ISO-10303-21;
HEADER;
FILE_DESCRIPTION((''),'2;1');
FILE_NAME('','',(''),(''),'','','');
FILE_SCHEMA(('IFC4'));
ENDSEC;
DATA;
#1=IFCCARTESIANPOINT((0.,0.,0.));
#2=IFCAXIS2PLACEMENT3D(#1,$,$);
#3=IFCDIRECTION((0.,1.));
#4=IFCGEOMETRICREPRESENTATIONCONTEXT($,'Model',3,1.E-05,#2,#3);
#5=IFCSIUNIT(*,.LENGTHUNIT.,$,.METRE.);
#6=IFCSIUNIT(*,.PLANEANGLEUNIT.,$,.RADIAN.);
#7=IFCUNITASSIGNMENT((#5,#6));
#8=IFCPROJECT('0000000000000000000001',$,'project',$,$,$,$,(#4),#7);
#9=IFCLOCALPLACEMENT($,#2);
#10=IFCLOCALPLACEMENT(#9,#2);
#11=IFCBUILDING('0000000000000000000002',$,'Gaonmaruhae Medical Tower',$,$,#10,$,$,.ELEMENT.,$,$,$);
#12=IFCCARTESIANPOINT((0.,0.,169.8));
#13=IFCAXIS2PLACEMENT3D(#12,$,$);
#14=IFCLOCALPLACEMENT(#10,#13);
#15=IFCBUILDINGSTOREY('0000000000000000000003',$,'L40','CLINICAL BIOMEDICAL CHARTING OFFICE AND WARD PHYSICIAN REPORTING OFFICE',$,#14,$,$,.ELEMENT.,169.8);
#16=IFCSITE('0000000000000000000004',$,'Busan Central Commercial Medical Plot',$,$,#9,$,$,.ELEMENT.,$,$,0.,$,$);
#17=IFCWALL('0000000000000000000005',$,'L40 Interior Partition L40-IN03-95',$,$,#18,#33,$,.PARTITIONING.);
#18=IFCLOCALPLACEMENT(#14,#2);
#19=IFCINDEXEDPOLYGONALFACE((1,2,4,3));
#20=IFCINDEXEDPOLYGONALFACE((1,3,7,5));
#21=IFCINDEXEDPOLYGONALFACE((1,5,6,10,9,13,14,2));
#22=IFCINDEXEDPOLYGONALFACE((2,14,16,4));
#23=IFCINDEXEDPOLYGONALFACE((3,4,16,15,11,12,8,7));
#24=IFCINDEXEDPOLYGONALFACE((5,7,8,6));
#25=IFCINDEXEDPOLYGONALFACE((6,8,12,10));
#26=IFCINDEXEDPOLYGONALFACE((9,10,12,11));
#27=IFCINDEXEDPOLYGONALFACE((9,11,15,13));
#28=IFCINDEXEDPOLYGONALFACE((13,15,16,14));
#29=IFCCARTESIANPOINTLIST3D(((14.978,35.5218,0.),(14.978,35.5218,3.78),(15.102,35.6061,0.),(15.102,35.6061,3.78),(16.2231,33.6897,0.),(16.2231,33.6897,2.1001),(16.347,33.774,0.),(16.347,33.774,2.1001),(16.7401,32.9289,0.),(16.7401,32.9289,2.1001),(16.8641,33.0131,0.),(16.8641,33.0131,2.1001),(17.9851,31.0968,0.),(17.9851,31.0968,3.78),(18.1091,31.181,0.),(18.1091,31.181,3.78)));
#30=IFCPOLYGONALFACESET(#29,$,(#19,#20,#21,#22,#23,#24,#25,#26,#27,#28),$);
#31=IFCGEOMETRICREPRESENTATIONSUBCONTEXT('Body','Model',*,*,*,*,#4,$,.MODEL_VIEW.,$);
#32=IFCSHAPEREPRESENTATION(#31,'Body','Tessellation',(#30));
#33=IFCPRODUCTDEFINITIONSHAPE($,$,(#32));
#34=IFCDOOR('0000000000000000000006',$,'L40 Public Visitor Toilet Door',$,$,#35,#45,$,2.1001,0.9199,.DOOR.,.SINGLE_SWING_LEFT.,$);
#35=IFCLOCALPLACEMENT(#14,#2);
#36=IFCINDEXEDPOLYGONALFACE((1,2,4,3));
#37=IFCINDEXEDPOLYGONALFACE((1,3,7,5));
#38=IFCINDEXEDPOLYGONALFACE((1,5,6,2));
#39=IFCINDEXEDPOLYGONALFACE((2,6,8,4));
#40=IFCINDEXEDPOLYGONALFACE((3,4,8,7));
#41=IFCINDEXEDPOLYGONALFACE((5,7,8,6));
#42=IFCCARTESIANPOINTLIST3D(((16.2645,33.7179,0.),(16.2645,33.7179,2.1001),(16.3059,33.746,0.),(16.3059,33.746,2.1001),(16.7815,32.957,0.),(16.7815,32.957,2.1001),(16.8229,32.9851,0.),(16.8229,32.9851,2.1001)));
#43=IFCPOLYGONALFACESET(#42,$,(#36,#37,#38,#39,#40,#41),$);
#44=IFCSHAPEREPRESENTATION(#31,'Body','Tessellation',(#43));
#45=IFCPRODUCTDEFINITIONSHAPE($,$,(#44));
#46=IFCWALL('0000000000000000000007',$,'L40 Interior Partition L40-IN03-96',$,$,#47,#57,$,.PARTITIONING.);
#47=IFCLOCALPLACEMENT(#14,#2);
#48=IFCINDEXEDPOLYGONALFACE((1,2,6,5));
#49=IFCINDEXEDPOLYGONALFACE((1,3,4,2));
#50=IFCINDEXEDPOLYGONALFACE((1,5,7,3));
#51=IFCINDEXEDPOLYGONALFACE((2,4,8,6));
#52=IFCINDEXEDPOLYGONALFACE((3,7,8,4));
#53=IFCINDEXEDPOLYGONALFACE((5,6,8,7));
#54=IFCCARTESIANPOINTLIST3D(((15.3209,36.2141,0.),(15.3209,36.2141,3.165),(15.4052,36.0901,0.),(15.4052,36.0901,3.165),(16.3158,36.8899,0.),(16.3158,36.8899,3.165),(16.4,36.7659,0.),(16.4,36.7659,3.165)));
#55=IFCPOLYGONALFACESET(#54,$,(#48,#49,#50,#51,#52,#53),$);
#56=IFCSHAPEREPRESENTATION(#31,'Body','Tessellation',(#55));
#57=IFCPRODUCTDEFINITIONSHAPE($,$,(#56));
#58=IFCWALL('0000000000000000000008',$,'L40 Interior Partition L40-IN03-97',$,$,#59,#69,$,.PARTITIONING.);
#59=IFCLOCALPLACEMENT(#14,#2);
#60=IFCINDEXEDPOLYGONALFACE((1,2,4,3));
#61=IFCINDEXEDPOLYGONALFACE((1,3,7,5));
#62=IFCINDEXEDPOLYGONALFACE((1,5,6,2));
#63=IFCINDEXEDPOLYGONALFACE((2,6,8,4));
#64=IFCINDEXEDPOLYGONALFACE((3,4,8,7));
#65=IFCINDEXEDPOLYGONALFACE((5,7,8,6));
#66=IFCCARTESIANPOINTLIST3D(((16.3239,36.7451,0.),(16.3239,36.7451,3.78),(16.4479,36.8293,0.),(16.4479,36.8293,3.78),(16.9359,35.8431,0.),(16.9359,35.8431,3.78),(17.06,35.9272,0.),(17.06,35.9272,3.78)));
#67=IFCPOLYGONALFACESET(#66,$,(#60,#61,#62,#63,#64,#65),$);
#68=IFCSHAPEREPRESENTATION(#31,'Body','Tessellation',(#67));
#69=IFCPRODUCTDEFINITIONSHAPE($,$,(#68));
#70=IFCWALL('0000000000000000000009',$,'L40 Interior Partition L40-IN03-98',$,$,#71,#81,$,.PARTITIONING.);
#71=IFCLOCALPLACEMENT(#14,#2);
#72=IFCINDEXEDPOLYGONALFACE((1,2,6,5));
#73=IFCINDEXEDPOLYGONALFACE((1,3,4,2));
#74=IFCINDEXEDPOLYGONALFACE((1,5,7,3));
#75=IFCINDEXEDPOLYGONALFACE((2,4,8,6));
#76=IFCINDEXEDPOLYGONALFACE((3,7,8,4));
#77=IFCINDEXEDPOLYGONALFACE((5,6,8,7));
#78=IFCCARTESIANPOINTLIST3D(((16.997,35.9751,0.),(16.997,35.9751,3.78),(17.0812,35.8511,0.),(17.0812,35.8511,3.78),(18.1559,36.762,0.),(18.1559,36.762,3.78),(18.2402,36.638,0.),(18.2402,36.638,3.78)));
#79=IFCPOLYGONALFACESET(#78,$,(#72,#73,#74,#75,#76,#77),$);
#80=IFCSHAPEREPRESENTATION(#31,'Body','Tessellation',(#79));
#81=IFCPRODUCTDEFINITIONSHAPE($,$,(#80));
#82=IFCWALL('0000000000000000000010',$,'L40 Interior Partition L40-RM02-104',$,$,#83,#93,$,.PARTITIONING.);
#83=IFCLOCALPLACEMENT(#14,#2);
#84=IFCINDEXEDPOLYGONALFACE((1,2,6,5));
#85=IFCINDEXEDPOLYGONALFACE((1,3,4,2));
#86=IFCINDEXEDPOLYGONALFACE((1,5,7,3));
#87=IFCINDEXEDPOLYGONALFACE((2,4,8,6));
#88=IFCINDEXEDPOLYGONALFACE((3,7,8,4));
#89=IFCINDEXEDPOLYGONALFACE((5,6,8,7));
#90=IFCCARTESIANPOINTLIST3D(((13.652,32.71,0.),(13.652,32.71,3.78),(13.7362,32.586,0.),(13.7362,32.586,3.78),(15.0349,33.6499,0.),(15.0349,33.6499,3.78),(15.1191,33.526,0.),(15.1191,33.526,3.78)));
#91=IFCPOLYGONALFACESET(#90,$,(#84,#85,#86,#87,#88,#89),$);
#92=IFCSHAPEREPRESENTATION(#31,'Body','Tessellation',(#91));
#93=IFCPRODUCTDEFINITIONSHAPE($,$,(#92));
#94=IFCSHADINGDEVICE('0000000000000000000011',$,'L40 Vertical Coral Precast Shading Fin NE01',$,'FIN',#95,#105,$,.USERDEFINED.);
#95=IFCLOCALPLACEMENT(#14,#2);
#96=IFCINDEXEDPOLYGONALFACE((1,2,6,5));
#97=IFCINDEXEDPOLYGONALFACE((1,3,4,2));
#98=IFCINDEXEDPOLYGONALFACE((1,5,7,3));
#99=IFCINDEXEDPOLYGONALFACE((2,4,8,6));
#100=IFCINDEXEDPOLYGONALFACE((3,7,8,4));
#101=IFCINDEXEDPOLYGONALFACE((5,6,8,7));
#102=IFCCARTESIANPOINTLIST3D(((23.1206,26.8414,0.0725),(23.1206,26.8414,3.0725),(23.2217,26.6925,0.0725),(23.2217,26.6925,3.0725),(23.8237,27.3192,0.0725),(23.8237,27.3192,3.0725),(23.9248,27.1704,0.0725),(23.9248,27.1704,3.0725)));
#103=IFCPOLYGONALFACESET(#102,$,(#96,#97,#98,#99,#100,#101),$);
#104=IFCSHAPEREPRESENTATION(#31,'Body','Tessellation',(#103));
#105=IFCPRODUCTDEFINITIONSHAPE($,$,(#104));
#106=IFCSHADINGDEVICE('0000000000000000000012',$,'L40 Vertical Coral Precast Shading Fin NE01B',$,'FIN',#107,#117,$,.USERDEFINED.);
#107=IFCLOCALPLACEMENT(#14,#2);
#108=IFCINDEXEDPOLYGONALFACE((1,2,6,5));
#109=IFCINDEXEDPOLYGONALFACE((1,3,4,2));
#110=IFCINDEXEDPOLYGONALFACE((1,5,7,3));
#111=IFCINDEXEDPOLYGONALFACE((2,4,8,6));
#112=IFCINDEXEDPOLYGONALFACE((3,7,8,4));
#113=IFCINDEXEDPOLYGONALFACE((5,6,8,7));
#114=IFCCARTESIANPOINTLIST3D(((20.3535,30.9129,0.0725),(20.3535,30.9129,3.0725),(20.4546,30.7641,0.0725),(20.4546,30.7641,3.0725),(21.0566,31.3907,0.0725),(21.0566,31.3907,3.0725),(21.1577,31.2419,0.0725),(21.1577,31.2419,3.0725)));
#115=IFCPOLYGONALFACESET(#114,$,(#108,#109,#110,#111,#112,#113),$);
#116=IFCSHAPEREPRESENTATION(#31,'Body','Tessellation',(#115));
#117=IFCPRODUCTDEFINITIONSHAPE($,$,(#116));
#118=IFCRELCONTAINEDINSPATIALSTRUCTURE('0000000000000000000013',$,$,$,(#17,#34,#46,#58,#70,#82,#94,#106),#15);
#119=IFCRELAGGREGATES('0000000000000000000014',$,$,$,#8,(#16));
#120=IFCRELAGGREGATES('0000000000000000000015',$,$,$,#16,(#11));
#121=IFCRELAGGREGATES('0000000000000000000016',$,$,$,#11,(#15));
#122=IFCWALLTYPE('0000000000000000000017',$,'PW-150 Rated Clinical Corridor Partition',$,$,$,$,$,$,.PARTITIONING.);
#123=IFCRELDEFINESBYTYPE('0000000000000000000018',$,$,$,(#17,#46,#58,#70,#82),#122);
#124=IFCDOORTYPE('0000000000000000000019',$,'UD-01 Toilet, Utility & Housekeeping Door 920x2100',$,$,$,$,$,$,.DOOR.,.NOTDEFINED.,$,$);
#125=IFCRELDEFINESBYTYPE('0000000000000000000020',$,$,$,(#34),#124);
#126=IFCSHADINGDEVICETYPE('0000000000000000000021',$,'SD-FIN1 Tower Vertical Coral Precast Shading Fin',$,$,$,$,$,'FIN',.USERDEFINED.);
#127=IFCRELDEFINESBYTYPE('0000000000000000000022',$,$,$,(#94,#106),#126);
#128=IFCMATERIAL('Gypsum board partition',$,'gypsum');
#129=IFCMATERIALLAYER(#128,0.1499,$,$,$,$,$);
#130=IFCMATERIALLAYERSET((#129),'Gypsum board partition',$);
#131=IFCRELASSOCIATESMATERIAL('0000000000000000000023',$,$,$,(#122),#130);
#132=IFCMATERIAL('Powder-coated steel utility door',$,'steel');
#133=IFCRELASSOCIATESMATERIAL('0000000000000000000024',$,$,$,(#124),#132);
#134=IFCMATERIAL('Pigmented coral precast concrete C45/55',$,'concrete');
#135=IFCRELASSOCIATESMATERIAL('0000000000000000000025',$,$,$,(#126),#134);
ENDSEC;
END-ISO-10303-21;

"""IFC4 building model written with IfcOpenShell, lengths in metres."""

from ifc_helpers import new_model, si_unit, direction, frame, frame_2d, origin, origin_2d, place, context, subcontext, project, spatial, rectangle, extrude, material, layer, layer_set, type_object, element, fill, save


model = new_model("IFC4")

# Units and contexts
model_context = context("Model", 3, precision=1e-05, world=origin(), true_north=direction((0.0, 1.0)))
body_context = subcontext(model_context, "Body", "Model", "MODEL_VIEW")
ifc_project = project(units=[si_unit("LENGTHUNIT", "METRE"), si_unit("PLANEANGLEUNIT", "RADIAN")], contexts=[model_context])

# Site, building, storey
site_placement = place(None, origin())
site = spatial("IfcSite", under=ifc_project, at=site_placement, Name="Busan Central Commercial Medical Plot", CompositionType="ELEMENT", RefElevation=0.0)
building_placement = place(site_placement, origin())
building = spatial("IfcBuilding", under=site, at=building_placement, Name="Gaonmaruhae Medical Tower", CompositionType="ELEMENT")
storey_placement = place(building_placement, frame((0.0, 0.0, 169.8)))
storey = spatial("IfcBuildingStorey", under=building, at=storey_placement, Name="L40", Description="CLINICAL BIOMEDICAL CHARTING OFFICE AND WARD PHYSICIAN REPORTING OFFICE", CompositionType="ELEMENT", Elevation=169.8)

# Shared definitions
ifc_material_1 = material(Name="Gypsum board partition", Category="gypsum")
ifc_layer_1 = layer(ifc_material_1, 0.1499)
ifc_layer_set_1 = layer_set([ifc_layer_1], Name="Gypsum board partition")
wall_type_1 = type_object("IfcWallType", Name="PW-150 Rated Clinical Corridor Partition", PredefinedType="PARTITIONING", material=ifc_layer_set_1)

# Shared definitions
ifc_material_2 = material(Name="Powder-coated steel utility door", Category="steel")
door_type = type_object("IfcDoorType", Name="UD-01 Toilet, Utility & Housekeeping Door 920x2100", OperationType="NOTDEFINED", PredefinedType="DOOR", material=ifc_material_2)

# Wall, opening, door
wall_1_placement = place(storey_placement, frame((18.0471, 31.1389, 0.0), z_axis=(0.0, 0.0, 1.0), x_axis=(-0.56206, 0.827096, 0.0)))
wall_1 = element("IfcWall", 1, at=wall_1_placement, inside=storey, type_object=wall_type_1, Name="L40 Interior Partition L40-IN03-95", PredefinedType="PARTITIONING", context=body_context, shape_type="SweptSolid", body=[
    extrude(rectangle(XDim=5.3501, YDim=0.1499, at=frame_2d((2.675, 0.0))), origin(), (0.0, 0.0, 1.0), 3.78),
])
opening_1_placement = place(wall_1_placement, frame((2.2151, 0.0, 0.0)))
opening_1 = element("IfcOpeningElement", 2, at=opening_1_placement, cuts=wall_1, PredefinedType="OPENING", context=body_context, shape_type="SweptSolid", body=[
    extrude(rectangle(XDim=0.9199, YDim=2.1001, at=frame_2d((0.46, 1.05))), frame((0.0, 0.085, 0.0), z_axis=(0.0, -1.0, 0.0), x_axis=(1.0, 0.0, 0.0)), (0.0, 0.0, 1.0), 0.1699),
])
door_1_placement = place(opening_1_placement, origin())
door_1 = element("IfcDoor", 3, at=door_1_placement, inside=storey, type_object=door_type, Name="L40 Public Visitor Toilet Door", OperationType="SINGLE_SWING_LEFT", OverallHeight=2.1001, OverallWidth=0.9199, PredefinedType="DOOR", context=body_context, shape_type="SweptSolid", body=[
    extrude(rectangle(XDim=0.9199, YDim=2.1001, at=frame_2d((0.46, 1.05))), frame((0.0, 0.0249, 0.0), z_axis=(0.0, -1.0, 0.0), x_axis=(1.0, 0.0, 0.0)), (0.0, 0.0, 1.0), 0.05),
])
fill(opening_1, door_1)

# Walls
wall_2_placement = place(storey_placement, frame((15.363, 36.1521, 0.0), z_axis=(0.0, 0.0, 1.0), x_axis=(0.82721, 0.561894, 0.0)))
element("IfcWall", 4, at=wall_2_placement, inside=storey, type_object=wall_type_1, Name="L40 Interior Partition L40-IN03-96", PredefinedType="PARTITIONING", context=body_context, shape_type="SweptSolid", body=[
    extrude(rectangle(XDim=1.2026, YDim=0.1499, at=frame_2d((0.6013, 0.0))), origin(), (0.0, 0.0, 1.0), 3.165),
])
wall_3_placement = place(storey_placement, frame((16.386, 36.7871, 0.0), z_axis=(0.0, 0.0, 1.0), x_axis=(0.561452, -0.827509, 0.0)))
element("IfcWall", 5, at=wall_3_placement, inside=storey, type_object=wall_type_1, Name="L40 Interior Partition L40-IN03-97", PredefinedType="PARTITIONING", context=body_context, shape_type="SweptSolid", body=[
    extrude(rectangle(XDim=1.0901, YDim=0.1499, at=frame_2d((0.5449, 0.0))), origin(), (0.0, 0.0, 1.0), 3.78),
])
wall_4_placement = place(storey_placement, frame((17.0391, 35.9131, 0.0), z_axis=(0.0, 0.0, 1.0), x_axis=(0.827328, 0.561719, 0.0)))
element("IfcWall", 6, at=wall_4_placement, inside=storey, type_object=wall_type_1, Name="L40 Interior Partition L40-IN03-98", PredefinedType="PARTITIONING", context=body_context, shape_type="SweptSolid", body=[
    extrude(rectangle(XDim=1.4009, YDim=0.1499, at=frame_2d((0.7004, 0.0))), origin(), (0.0, 0.0, 1.0), 3.78),
])
wall_5_placement = place(storey_placement, frame((15.0769, 33.5879, 0.0), z_axis=(0.0, 0.0, 1.0), x_axis=(-0.82703, -0.562158, 0.0)))
element("IfcWall", 7, at=wall_5_placement, inside=storey, type_object=wall_type_1, Name="L40 Interior Partition L40-RM02-104", PredefinedType="PARTITIONING", context=body_context, shape_type="SweptSolid", body=[
    extrude(rectangle(XDim=1.6721, YDim=0.1499, at=frame_2d((0.8359, 0.0))), origin(), (0.0, 0.0, 1.0), 3.78),
])

# Shading devices
ifc_material_3 = material(Name="Pigmented coral precast concrete C45/55", Category="concrete")
shading_device_type = type_object("IfcShadingDeviceType", Name="SD-FIN1 Tower Vertical Coral Precast Shading Fin", ElementType="FIN", PredefinedType="USERDEFINED", material=ifc_material_3)
for number, where, z_axis, x_axis, name in (
    (8, (23.5227, 27.0059, 0.0725), (0.0, 0.0, 1.0), (-0.562083, 0.827081, 0.0), "L40 Vertical Coral Precast Shading Fin NE01"),
    (9, (20.7556, 31.0774, 0.0725), (0.0, 0.0, 1.0), (-0.562083, 0.827081, 0.0), "L40 Vertical Coral Precast Shading Fin NE01B"),
):
    element("IfcShadingDevice", number, at=place(storey_placement, frame(where, z_axis=z_axis, x_axis=x_axis)), inside=storey, type_object=shading_device_type, Name=name, ObjectType="FIN", PredefinedType="USERDEFINED", context=body_context, shape_type="SweptSolid", body=[
        extrude(rectangle(XDim=0.1799, YDim=0.8501, at=origin_2d()), origin(), (0.0, 0.0, 1.0), 3.0),
    ])

save(model, "model.ifc")
